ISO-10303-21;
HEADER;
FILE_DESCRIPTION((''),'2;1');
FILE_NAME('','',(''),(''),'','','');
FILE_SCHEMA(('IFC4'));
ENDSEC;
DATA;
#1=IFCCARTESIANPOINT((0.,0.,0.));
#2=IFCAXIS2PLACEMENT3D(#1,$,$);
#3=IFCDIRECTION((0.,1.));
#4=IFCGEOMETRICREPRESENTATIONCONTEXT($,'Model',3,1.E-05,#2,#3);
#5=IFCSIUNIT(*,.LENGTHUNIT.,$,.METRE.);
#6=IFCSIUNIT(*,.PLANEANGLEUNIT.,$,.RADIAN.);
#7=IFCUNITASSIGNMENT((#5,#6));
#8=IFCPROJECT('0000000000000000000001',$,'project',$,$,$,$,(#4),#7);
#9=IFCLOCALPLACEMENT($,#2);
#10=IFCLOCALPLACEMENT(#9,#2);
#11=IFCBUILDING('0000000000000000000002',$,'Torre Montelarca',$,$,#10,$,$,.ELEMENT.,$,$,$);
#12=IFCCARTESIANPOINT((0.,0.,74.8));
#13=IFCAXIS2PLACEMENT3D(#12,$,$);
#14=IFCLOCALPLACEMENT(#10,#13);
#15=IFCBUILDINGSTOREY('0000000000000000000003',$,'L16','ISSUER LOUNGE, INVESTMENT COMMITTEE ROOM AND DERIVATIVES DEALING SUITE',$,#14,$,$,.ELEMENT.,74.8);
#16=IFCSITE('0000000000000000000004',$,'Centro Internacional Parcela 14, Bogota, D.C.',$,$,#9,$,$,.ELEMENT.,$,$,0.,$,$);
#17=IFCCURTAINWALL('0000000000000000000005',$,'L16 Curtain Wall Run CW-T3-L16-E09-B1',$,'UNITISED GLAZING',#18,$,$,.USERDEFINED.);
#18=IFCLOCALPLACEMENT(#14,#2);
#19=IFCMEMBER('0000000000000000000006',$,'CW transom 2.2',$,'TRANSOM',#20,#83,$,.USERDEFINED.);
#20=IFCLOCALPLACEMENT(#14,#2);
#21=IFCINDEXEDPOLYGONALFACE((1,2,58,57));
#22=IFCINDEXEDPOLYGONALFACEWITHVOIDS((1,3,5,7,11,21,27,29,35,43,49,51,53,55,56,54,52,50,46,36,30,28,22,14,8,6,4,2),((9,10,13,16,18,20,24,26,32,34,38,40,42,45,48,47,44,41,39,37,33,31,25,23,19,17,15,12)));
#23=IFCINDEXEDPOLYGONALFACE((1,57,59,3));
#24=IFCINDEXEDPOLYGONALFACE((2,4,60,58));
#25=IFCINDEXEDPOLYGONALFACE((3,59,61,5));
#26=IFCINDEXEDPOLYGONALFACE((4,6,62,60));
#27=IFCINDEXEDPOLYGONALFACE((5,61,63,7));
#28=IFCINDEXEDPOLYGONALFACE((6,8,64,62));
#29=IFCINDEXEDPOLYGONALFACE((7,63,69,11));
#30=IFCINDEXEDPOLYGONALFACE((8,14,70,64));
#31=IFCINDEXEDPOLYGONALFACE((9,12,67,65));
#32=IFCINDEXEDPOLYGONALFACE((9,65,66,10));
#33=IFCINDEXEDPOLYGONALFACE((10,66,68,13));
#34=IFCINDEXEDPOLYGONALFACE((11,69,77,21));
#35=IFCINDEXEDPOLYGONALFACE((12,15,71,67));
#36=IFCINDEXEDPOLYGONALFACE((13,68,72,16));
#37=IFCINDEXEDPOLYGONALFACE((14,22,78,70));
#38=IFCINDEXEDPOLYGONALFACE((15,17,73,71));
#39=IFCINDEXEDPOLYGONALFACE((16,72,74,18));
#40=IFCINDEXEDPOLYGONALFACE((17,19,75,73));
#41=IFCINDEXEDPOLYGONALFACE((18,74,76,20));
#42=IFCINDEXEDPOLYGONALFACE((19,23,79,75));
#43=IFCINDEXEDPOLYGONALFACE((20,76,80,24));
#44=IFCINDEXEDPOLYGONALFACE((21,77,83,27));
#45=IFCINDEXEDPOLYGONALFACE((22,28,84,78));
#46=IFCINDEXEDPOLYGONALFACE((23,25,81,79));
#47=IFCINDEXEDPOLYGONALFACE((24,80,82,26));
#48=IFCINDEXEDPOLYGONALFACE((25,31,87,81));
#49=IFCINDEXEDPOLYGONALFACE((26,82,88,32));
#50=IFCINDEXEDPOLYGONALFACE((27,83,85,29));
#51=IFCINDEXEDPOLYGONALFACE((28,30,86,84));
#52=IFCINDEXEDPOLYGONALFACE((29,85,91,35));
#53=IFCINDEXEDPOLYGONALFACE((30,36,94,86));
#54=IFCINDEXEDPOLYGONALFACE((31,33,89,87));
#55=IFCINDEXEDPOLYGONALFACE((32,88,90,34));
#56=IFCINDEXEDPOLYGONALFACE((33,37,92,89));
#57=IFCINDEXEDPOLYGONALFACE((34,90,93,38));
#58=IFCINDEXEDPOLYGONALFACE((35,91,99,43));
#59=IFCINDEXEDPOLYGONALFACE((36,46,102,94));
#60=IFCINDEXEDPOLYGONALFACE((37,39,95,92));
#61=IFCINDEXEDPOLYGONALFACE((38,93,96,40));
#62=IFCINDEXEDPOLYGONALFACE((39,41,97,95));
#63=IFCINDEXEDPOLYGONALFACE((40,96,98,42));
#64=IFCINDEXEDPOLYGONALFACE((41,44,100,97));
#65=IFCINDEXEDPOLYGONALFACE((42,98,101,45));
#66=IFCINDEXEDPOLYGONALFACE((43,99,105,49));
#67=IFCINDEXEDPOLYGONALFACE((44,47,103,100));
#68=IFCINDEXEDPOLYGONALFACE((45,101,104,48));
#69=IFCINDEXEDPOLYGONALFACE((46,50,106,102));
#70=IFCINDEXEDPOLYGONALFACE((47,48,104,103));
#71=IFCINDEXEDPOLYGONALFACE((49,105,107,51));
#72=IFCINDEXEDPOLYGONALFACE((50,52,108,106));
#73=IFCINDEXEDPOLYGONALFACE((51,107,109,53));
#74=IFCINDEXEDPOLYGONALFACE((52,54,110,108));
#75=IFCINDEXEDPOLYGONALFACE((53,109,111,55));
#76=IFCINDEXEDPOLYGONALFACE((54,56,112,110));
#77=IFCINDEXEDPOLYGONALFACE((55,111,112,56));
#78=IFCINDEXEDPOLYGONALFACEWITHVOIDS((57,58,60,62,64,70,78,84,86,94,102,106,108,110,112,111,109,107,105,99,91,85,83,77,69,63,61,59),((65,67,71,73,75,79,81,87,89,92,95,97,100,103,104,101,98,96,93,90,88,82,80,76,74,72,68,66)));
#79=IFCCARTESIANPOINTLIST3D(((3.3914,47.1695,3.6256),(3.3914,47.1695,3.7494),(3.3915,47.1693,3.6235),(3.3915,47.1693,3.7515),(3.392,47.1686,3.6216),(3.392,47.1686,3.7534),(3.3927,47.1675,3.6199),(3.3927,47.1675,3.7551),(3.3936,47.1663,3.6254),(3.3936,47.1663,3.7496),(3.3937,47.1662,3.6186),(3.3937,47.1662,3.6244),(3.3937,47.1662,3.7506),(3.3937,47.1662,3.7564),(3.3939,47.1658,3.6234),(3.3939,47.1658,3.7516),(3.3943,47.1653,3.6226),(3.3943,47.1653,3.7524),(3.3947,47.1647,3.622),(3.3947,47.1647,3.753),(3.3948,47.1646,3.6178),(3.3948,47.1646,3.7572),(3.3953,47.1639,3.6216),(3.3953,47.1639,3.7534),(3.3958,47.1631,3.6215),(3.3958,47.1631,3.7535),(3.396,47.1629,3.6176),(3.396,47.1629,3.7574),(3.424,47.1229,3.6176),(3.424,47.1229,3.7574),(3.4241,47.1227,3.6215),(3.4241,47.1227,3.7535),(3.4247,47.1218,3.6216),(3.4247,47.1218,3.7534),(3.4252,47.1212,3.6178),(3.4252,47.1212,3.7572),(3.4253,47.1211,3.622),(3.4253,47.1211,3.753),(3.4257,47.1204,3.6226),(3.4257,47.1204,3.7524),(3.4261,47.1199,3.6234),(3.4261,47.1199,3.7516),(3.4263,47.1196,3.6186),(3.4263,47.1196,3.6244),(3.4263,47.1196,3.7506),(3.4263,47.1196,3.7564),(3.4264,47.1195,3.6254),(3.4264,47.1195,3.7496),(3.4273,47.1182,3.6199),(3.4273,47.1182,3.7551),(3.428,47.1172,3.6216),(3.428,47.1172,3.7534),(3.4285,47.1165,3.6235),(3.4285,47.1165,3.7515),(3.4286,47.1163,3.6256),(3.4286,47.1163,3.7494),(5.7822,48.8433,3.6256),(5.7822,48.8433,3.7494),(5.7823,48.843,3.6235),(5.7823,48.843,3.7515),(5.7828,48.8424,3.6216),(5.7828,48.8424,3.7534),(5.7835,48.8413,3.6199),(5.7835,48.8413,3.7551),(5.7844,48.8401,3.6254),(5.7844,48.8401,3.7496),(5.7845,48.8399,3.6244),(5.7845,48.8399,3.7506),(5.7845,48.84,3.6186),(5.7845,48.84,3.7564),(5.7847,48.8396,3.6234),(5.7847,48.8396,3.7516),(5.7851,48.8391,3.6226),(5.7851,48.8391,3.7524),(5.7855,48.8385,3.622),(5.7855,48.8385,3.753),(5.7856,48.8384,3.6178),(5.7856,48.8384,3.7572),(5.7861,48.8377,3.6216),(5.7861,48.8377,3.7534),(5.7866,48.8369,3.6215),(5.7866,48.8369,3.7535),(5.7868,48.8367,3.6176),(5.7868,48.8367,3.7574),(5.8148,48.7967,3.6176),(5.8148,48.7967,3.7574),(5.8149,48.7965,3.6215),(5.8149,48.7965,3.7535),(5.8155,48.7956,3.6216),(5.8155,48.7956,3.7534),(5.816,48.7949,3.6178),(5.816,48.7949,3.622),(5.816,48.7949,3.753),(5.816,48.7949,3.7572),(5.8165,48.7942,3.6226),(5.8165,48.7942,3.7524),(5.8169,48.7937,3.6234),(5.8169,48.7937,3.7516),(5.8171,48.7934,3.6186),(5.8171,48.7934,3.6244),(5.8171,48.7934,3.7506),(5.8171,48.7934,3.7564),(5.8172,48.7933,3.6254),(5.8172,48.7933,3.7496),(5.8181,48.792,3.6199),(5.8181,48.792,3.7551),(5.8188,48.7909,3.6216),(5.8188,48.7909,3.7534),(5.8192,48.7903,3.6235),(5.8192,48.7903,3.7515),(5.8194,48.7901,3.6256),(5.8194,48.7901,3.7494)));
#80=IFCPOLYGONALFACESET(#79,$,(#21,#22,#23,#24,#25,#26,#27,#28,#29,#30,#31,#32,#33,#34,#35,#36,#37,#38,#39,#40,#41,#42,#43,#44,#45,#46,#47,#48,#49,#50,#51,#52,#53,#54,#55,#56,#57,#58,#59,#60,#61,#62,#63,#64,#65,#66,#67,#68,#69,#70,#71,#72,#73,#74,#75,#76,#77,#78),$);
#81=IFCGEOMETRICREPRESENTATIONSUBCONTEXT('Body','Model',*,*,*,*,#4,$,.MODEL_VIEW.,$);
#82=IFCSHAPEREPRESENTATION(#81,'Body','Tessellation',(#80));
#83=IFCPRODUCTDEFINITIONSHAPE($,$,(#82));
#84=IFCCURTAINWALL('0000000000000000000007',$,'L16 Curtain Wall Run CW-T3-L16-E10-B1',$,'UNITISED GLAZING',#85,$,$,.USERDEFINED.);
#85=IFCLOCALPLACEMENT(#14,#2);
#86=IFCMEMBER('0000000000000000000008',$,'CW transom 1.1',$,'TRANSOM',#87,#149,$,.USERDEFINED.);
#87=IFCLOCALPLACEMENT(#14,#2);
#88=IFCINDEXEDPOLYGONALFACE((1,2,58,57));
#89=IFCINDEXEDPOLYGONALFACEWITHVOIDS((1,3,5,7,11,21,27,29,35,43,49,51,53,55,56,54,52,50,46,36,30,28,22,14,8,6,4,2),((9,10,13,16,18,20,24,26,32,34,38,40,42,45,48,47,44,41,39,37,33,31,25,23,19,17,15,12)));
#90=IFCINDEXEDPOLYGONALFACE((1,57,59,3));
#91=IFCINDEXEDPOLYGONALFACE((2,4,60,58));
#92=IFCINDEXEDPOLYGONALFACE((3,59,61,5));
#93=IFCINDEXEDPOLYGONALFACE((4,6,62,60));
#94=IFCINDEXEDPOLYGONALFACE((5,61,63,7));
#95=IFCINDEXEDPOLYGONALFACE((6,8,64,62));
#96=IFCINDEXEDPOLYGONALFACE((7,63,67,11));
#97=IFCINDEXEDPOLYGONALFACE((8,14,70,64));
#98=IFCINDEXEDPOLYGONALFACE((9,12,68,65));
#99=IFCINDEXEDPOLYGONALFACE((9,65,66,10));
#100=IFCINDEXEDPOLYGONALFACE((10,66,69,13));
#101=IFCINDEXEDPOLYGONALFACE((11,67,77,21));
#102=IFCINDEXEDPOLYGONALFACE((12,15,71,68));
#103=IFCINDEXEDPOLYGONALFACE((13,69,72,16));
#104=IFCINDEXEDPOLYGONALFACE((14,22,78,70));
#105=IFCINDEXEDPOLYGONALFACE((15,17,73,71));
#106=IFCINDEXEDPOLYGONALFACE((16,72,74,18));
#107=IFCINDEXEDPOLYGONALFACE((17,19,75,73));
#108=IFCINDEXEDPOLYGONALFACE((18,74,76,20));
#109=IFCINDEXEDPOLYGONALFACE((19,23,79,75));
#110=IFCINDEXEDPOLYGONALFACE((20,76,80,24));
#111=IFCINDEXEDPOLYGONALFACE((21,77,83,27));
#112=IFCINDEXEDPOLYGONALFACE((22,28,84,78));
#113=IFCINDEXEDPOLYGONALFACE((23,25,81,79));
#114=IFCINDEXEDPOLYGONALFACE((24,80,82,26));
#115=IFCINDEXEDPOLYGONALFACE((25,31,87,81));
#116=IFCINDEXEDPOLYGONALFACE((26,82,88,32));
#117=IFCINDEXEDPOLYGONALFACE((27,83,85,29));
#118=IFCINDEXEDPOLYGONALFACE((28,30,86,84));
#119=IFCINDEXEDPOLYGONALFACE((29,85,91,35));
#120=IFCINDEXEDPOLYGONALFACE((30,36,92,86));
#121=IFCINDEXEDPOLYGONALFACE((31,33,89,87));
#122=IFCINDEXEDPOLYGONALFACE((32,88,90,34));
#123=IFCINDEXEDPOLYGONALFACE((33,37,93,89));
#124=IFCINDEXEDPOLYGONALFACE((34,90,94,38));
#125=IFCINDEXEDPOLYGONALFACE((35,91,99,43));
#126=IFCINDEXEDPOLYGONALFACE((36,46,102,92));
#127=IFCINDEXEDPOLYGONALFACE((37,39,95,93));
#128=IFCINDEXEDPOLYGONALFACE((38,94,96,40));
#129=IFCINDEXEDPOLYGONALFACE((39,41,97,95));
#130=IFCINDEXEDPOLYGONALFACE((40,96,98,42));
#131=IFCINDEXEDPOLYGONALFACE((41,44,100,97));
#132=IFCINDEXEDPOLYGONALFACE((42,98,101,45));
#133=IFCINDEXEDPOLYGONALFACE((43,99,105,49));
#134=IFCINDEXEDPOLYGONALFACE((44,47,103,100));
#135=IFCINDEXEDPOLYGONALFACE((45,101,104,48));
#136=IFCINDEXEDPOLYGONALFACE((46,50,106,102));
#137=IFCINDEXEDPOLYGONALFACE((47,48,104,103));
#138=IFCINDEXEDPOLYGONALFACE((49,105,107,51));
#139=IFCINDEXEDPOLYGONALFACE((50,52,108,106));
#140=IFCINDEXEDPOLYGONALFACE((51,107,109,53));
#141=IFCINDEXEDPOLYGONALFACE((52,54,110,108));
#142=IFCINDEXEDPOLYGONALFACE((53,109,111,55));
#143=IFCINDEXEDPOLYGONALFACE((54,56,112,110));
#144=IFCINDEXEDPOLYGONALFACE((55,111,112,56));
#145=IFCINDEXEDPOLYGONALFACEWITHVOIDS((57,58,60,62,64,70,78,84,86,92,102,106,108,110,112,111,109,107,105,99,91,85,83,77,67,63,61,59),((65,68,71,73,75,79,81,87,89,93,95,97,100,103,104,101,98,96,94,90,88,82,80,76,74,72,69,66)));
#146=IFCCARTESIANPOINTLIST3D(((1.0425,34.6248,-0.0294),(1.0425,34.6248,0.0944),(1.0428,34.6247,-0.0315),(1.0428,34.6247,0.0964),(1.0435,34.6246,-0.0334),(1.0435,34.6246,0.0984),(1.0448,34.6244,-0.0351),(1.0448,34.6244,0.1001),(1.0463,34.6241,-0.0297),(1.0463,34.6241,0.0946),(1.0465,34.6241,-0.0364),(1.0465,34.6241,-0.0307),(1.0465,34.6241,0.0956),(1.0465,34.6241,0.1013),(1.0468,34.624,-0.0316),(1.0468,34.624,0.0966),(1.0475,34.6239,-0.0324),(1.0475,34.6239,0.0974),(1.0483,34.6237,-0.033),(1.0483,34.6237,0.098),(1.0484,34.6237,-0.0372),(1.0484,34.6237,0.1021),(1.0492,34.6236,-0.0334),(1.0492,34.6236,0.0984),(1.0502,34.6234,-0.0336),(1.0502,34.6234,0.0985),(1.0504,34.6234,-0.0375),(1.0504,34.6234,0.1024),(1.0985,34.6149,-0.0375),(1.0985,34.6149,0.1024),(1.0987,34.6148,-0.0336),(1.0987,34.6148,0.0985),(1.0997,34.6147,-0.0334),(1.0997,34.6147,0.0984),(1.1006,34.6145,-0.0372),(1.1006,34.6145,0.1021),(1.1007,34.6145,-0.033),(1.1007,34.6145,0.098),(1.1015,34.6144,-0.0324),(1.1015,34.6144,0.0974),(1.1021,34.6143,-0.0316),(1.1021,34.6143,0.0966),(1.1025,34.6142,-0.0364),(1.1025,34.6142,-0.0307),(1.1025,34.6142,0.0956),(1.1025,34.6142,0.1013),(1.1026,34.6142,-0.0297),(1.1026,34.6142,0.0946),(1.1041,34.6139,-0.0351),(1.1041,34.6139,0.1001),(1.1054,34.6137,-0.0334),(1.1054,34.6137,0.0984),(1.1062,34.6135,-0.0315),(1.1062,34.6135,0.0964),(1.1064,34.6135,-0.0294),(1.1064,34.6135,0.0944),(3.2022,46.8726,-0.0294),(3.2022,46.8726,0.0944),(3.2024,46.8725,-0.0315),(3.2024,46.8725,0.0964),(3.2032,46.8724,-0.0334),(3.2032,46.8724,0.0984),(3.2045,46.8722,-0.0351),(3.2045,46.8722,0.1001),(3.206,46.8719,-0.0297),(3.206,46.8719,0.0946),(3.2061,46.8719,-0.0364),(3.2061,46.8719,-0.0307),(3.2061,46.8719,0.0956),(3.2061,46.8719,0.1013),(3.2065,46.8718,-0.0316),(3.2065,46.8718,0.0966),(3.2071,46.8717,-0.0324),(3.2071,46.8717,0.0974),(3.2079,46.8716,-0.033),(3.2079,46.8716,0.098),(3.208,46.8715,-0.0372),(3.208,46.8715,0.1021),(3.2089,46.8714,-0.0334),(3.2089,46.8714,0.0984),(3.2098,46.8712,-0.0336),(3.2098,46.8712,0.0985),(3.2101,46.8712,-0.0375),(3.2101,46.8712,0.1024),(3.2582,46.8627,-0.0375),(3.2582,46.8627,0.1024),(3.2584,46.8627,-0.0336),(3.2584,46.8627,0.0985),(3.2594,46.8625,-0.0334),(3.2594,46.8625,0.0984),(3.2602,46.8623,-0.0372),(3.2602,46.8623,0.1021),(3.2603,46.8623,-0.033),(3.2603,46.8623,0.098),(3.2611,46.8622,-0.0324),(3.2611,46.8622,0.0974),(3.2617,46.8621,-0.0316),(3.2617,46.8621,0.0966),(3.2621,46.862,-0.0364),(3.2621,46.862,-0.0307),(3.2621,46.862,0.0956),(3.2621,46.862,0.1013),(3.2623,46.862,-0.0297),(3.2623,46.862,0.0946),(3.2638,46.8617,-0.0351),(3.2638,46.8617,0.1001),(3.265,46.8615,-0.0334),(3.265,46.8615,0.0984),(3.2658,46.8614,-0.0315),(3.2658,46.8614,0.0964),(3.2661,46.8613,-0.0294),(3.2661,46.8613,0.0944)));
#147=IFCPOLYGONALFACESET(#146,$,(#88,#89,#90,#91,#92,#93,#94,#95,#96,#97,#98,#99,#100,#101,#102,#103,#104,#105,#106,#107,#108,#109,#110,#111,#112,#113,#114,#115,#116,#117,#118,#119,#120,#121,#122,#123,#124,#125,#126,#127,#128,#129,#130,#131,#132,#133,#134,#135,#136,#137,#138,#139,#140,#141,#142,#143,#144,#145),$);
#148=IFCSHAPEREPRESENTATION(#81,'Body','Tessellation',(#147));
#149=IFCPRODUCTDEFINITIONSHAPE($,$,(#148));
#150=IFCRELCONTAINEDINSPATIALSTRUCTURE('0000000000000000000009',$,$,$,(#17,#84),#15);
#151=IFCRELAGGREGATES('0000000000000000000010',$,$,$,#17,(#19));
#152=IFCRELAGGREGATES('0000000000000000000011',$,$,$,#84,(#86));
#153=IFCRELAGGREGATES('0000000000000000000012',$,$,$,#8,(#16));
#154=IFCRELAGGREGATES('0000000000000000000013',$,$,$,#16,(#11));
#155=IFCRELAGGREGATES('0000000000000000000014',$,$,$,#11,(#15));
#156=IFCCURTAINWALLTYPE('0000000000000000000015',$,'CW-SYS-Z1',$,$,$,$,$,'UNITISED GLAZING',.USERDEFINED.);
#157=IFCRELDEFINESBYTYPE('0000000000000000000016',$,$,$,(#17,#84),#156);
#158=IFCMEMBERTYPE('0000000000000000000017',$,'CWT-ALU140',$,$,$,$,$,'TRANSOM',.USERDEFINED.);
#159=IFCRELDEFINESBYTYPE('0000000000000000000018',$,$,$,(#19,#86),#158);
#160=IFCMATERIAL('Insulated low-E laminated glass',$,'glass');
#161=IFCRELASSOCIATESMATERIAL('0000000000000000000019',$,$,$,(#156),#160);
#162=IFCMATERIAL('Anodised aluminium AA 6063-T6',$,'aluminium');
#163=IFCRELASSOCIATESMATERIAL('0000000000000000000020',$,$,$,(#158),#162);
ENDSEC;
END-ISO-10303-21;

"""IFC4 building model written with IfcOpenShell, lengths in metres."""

from ifc_helpers import new_model, si_unit, direction, frame, origin, origin_2d, place, context, subcontext, project, spatial, hollow_rectangle, extrude, source, transform, mapped, material, material_profile, profile_set, type_object, element, aggregate, save


model = new_model("IFC4")

# Units and contexts
model_context = context("Model", 3, precision=1e-05, world=origin(), true_north=direction((0.0, 1.0)))
body_context = subcontext(model_context, "Body", "Model", "MODEL_VIEW")
ifc_project = project(units=[si_unit("LENGTHUNIT", "METRE"), si_unit("PLANEANGLEUNIT", "RADIAN")], contexts=[model_context])

# Site, building, storey
site_placement = place(None, origin())
site = spatial("IfcSite", under=ifc_project, at=site_placement, Name="Centro Internacional Parcela 14, Bogota, D.C.", CompositionType="ELEMENT", RefElevation=0.0)
building_placement = place(site_placement, origin())
building = spatial("IfcBuilding", under=site, at=building_placement, Name="Torre Montelarca", CompositionType="ELEMENT")
storey_placement = place(building_placement, frame((0.0, 0.0, 74.8)))
storey = spatial("IfcBuildingStorey", under=building, at=storey_placement, Name="L16", Description="ISSUER LOUNGE, INVESTMENT COMMITTEE ROOM AND DERIVATIVES DEALING SUITE", CompositionType="ELEMENT", Elevation=74.8)

# Curtain walls, members
ifc_material_1 = material(Name="Insulated low-E laminated glass", Category="glass")
curtain_wall_type = type_object("IfcCurtainWallType", Name="CW-SYS-Z1", ElementType="UNITISED GLAZING", PredefinedType="USERDEFINED", material=ifc_material_1)
curtain_wall_1_placement = place(storey_placement, origin())
curtain_wall_1 = element("IfcCurtainWall", 1, at=curtain_wall_1_placement, inside=storey, type_object=curtain_wall_type, Name="L16 Curtain Wall Run CW-T3-L16-E09-B1", ObjectType="UNITISED GLAZING", PredefinedType="USERDEFINED")
ifc_material_2 = material(Name="Anodised aluminium AA 6063-T6", Category="aluminium")
ifc_material_profile_1 = material_profile(ifc_material_2, hollow_rectangle(XDim=0.0649, YDim=0.1399, WallThickness=0.0039, InnerFilletRadius=0.0039, OuterFilletRadius=0.0081, at=origin_2d()), Name="ALU65X140X4", Category="aluminium")
ifc_profile_set_1 = profile_set([ifc_material_profile_1], Name="Anodised aluminium AA 6063-T6")
member_type_1 = type_object("IfcMemberType", Name="CWT-ALU140", ElementType="TRANSOM", PredefinedType="USERDEFINED", material=ifc_profile_set_1)
shared_shape_1 = source(origin(), body_context, "Body", "SweptSolid", [
    extrude(hollow_rectangle(XDim=0.0649, YDim=0.1399, WallThickness=0.0039, InnerFilletRadius=0.0039, OuterFilletRadius=0.0081, at=origin_2d()), origin(), (0.0, 0.0, 1.0), 2.9185),
])
member_1_placement = place(storey_placement, frame((5.8008, 48.8167, 3.6875), z_axis=(-0.819197, -0.573513, 0.0), x_axis=(0.573513, -0.819197, 0.0)))
member_1 = element("IfcMember", 2, at=member_1_placement, type_object=member_type_1, Name="CW transom 2.2", ObjectType="TRANSOM", PredefinedType="USERDEFINED", context=body_context, shape_type="MappedRepresentation", body=[
    mapped(shared_shape_1, transform((0.0, 0.0, 0.0), scale=1.0)),
])
curtain_wall_2_placement = place(storey_placement, origin())
curtain_wall_2 = element("IfcCurtainWall", 3, at=curtain_wall_2_placement, inside=storey, type_object=curtain_wall_type, Name="L16 Curtain Wall Run CW-T3-L16-E10-B1", ObjectType="UNITISED GLAZING", PredefinedType="USERDEFINED")
shared_shape_2 = source(origin(), body_context, "Body", "SweptSolid", [
    extrude(hollow_rectangle(XDim=0.0649, YDim=0.1399, WallThickness=0.0039, InnerFilletRadius=0.0039, OuterFilletRadius=0.0081, at=origin_2d()), origin(), (0.0, 0.0, 1.0), 12.4368),
])
member_2_placement = place(storey_placement, frame((3.2341, 46.8669, 0.0325), z_axis=(-0.173652, -0.984807, 0.0), x_axis=(0.984807, -0.173652, 0.0)))
member_2 = element("IfcMember", 4, at=member_2_placement, type_object=member_type_1, Name="CW transom 1.1", ObjectType="TRANSOM", PredefinedType="USERDEFINED", context=body_context, shape_type="MappedRepresentation", body=[
    mapped(shared_shape_2, transform((0.0, 0.0, 0.0), scale=1.0)),
])

aggregate(curtain_wall_1, [member_1])
aggregate(curtain_wall_2, [member_2])

save(model, "model.ifc")
